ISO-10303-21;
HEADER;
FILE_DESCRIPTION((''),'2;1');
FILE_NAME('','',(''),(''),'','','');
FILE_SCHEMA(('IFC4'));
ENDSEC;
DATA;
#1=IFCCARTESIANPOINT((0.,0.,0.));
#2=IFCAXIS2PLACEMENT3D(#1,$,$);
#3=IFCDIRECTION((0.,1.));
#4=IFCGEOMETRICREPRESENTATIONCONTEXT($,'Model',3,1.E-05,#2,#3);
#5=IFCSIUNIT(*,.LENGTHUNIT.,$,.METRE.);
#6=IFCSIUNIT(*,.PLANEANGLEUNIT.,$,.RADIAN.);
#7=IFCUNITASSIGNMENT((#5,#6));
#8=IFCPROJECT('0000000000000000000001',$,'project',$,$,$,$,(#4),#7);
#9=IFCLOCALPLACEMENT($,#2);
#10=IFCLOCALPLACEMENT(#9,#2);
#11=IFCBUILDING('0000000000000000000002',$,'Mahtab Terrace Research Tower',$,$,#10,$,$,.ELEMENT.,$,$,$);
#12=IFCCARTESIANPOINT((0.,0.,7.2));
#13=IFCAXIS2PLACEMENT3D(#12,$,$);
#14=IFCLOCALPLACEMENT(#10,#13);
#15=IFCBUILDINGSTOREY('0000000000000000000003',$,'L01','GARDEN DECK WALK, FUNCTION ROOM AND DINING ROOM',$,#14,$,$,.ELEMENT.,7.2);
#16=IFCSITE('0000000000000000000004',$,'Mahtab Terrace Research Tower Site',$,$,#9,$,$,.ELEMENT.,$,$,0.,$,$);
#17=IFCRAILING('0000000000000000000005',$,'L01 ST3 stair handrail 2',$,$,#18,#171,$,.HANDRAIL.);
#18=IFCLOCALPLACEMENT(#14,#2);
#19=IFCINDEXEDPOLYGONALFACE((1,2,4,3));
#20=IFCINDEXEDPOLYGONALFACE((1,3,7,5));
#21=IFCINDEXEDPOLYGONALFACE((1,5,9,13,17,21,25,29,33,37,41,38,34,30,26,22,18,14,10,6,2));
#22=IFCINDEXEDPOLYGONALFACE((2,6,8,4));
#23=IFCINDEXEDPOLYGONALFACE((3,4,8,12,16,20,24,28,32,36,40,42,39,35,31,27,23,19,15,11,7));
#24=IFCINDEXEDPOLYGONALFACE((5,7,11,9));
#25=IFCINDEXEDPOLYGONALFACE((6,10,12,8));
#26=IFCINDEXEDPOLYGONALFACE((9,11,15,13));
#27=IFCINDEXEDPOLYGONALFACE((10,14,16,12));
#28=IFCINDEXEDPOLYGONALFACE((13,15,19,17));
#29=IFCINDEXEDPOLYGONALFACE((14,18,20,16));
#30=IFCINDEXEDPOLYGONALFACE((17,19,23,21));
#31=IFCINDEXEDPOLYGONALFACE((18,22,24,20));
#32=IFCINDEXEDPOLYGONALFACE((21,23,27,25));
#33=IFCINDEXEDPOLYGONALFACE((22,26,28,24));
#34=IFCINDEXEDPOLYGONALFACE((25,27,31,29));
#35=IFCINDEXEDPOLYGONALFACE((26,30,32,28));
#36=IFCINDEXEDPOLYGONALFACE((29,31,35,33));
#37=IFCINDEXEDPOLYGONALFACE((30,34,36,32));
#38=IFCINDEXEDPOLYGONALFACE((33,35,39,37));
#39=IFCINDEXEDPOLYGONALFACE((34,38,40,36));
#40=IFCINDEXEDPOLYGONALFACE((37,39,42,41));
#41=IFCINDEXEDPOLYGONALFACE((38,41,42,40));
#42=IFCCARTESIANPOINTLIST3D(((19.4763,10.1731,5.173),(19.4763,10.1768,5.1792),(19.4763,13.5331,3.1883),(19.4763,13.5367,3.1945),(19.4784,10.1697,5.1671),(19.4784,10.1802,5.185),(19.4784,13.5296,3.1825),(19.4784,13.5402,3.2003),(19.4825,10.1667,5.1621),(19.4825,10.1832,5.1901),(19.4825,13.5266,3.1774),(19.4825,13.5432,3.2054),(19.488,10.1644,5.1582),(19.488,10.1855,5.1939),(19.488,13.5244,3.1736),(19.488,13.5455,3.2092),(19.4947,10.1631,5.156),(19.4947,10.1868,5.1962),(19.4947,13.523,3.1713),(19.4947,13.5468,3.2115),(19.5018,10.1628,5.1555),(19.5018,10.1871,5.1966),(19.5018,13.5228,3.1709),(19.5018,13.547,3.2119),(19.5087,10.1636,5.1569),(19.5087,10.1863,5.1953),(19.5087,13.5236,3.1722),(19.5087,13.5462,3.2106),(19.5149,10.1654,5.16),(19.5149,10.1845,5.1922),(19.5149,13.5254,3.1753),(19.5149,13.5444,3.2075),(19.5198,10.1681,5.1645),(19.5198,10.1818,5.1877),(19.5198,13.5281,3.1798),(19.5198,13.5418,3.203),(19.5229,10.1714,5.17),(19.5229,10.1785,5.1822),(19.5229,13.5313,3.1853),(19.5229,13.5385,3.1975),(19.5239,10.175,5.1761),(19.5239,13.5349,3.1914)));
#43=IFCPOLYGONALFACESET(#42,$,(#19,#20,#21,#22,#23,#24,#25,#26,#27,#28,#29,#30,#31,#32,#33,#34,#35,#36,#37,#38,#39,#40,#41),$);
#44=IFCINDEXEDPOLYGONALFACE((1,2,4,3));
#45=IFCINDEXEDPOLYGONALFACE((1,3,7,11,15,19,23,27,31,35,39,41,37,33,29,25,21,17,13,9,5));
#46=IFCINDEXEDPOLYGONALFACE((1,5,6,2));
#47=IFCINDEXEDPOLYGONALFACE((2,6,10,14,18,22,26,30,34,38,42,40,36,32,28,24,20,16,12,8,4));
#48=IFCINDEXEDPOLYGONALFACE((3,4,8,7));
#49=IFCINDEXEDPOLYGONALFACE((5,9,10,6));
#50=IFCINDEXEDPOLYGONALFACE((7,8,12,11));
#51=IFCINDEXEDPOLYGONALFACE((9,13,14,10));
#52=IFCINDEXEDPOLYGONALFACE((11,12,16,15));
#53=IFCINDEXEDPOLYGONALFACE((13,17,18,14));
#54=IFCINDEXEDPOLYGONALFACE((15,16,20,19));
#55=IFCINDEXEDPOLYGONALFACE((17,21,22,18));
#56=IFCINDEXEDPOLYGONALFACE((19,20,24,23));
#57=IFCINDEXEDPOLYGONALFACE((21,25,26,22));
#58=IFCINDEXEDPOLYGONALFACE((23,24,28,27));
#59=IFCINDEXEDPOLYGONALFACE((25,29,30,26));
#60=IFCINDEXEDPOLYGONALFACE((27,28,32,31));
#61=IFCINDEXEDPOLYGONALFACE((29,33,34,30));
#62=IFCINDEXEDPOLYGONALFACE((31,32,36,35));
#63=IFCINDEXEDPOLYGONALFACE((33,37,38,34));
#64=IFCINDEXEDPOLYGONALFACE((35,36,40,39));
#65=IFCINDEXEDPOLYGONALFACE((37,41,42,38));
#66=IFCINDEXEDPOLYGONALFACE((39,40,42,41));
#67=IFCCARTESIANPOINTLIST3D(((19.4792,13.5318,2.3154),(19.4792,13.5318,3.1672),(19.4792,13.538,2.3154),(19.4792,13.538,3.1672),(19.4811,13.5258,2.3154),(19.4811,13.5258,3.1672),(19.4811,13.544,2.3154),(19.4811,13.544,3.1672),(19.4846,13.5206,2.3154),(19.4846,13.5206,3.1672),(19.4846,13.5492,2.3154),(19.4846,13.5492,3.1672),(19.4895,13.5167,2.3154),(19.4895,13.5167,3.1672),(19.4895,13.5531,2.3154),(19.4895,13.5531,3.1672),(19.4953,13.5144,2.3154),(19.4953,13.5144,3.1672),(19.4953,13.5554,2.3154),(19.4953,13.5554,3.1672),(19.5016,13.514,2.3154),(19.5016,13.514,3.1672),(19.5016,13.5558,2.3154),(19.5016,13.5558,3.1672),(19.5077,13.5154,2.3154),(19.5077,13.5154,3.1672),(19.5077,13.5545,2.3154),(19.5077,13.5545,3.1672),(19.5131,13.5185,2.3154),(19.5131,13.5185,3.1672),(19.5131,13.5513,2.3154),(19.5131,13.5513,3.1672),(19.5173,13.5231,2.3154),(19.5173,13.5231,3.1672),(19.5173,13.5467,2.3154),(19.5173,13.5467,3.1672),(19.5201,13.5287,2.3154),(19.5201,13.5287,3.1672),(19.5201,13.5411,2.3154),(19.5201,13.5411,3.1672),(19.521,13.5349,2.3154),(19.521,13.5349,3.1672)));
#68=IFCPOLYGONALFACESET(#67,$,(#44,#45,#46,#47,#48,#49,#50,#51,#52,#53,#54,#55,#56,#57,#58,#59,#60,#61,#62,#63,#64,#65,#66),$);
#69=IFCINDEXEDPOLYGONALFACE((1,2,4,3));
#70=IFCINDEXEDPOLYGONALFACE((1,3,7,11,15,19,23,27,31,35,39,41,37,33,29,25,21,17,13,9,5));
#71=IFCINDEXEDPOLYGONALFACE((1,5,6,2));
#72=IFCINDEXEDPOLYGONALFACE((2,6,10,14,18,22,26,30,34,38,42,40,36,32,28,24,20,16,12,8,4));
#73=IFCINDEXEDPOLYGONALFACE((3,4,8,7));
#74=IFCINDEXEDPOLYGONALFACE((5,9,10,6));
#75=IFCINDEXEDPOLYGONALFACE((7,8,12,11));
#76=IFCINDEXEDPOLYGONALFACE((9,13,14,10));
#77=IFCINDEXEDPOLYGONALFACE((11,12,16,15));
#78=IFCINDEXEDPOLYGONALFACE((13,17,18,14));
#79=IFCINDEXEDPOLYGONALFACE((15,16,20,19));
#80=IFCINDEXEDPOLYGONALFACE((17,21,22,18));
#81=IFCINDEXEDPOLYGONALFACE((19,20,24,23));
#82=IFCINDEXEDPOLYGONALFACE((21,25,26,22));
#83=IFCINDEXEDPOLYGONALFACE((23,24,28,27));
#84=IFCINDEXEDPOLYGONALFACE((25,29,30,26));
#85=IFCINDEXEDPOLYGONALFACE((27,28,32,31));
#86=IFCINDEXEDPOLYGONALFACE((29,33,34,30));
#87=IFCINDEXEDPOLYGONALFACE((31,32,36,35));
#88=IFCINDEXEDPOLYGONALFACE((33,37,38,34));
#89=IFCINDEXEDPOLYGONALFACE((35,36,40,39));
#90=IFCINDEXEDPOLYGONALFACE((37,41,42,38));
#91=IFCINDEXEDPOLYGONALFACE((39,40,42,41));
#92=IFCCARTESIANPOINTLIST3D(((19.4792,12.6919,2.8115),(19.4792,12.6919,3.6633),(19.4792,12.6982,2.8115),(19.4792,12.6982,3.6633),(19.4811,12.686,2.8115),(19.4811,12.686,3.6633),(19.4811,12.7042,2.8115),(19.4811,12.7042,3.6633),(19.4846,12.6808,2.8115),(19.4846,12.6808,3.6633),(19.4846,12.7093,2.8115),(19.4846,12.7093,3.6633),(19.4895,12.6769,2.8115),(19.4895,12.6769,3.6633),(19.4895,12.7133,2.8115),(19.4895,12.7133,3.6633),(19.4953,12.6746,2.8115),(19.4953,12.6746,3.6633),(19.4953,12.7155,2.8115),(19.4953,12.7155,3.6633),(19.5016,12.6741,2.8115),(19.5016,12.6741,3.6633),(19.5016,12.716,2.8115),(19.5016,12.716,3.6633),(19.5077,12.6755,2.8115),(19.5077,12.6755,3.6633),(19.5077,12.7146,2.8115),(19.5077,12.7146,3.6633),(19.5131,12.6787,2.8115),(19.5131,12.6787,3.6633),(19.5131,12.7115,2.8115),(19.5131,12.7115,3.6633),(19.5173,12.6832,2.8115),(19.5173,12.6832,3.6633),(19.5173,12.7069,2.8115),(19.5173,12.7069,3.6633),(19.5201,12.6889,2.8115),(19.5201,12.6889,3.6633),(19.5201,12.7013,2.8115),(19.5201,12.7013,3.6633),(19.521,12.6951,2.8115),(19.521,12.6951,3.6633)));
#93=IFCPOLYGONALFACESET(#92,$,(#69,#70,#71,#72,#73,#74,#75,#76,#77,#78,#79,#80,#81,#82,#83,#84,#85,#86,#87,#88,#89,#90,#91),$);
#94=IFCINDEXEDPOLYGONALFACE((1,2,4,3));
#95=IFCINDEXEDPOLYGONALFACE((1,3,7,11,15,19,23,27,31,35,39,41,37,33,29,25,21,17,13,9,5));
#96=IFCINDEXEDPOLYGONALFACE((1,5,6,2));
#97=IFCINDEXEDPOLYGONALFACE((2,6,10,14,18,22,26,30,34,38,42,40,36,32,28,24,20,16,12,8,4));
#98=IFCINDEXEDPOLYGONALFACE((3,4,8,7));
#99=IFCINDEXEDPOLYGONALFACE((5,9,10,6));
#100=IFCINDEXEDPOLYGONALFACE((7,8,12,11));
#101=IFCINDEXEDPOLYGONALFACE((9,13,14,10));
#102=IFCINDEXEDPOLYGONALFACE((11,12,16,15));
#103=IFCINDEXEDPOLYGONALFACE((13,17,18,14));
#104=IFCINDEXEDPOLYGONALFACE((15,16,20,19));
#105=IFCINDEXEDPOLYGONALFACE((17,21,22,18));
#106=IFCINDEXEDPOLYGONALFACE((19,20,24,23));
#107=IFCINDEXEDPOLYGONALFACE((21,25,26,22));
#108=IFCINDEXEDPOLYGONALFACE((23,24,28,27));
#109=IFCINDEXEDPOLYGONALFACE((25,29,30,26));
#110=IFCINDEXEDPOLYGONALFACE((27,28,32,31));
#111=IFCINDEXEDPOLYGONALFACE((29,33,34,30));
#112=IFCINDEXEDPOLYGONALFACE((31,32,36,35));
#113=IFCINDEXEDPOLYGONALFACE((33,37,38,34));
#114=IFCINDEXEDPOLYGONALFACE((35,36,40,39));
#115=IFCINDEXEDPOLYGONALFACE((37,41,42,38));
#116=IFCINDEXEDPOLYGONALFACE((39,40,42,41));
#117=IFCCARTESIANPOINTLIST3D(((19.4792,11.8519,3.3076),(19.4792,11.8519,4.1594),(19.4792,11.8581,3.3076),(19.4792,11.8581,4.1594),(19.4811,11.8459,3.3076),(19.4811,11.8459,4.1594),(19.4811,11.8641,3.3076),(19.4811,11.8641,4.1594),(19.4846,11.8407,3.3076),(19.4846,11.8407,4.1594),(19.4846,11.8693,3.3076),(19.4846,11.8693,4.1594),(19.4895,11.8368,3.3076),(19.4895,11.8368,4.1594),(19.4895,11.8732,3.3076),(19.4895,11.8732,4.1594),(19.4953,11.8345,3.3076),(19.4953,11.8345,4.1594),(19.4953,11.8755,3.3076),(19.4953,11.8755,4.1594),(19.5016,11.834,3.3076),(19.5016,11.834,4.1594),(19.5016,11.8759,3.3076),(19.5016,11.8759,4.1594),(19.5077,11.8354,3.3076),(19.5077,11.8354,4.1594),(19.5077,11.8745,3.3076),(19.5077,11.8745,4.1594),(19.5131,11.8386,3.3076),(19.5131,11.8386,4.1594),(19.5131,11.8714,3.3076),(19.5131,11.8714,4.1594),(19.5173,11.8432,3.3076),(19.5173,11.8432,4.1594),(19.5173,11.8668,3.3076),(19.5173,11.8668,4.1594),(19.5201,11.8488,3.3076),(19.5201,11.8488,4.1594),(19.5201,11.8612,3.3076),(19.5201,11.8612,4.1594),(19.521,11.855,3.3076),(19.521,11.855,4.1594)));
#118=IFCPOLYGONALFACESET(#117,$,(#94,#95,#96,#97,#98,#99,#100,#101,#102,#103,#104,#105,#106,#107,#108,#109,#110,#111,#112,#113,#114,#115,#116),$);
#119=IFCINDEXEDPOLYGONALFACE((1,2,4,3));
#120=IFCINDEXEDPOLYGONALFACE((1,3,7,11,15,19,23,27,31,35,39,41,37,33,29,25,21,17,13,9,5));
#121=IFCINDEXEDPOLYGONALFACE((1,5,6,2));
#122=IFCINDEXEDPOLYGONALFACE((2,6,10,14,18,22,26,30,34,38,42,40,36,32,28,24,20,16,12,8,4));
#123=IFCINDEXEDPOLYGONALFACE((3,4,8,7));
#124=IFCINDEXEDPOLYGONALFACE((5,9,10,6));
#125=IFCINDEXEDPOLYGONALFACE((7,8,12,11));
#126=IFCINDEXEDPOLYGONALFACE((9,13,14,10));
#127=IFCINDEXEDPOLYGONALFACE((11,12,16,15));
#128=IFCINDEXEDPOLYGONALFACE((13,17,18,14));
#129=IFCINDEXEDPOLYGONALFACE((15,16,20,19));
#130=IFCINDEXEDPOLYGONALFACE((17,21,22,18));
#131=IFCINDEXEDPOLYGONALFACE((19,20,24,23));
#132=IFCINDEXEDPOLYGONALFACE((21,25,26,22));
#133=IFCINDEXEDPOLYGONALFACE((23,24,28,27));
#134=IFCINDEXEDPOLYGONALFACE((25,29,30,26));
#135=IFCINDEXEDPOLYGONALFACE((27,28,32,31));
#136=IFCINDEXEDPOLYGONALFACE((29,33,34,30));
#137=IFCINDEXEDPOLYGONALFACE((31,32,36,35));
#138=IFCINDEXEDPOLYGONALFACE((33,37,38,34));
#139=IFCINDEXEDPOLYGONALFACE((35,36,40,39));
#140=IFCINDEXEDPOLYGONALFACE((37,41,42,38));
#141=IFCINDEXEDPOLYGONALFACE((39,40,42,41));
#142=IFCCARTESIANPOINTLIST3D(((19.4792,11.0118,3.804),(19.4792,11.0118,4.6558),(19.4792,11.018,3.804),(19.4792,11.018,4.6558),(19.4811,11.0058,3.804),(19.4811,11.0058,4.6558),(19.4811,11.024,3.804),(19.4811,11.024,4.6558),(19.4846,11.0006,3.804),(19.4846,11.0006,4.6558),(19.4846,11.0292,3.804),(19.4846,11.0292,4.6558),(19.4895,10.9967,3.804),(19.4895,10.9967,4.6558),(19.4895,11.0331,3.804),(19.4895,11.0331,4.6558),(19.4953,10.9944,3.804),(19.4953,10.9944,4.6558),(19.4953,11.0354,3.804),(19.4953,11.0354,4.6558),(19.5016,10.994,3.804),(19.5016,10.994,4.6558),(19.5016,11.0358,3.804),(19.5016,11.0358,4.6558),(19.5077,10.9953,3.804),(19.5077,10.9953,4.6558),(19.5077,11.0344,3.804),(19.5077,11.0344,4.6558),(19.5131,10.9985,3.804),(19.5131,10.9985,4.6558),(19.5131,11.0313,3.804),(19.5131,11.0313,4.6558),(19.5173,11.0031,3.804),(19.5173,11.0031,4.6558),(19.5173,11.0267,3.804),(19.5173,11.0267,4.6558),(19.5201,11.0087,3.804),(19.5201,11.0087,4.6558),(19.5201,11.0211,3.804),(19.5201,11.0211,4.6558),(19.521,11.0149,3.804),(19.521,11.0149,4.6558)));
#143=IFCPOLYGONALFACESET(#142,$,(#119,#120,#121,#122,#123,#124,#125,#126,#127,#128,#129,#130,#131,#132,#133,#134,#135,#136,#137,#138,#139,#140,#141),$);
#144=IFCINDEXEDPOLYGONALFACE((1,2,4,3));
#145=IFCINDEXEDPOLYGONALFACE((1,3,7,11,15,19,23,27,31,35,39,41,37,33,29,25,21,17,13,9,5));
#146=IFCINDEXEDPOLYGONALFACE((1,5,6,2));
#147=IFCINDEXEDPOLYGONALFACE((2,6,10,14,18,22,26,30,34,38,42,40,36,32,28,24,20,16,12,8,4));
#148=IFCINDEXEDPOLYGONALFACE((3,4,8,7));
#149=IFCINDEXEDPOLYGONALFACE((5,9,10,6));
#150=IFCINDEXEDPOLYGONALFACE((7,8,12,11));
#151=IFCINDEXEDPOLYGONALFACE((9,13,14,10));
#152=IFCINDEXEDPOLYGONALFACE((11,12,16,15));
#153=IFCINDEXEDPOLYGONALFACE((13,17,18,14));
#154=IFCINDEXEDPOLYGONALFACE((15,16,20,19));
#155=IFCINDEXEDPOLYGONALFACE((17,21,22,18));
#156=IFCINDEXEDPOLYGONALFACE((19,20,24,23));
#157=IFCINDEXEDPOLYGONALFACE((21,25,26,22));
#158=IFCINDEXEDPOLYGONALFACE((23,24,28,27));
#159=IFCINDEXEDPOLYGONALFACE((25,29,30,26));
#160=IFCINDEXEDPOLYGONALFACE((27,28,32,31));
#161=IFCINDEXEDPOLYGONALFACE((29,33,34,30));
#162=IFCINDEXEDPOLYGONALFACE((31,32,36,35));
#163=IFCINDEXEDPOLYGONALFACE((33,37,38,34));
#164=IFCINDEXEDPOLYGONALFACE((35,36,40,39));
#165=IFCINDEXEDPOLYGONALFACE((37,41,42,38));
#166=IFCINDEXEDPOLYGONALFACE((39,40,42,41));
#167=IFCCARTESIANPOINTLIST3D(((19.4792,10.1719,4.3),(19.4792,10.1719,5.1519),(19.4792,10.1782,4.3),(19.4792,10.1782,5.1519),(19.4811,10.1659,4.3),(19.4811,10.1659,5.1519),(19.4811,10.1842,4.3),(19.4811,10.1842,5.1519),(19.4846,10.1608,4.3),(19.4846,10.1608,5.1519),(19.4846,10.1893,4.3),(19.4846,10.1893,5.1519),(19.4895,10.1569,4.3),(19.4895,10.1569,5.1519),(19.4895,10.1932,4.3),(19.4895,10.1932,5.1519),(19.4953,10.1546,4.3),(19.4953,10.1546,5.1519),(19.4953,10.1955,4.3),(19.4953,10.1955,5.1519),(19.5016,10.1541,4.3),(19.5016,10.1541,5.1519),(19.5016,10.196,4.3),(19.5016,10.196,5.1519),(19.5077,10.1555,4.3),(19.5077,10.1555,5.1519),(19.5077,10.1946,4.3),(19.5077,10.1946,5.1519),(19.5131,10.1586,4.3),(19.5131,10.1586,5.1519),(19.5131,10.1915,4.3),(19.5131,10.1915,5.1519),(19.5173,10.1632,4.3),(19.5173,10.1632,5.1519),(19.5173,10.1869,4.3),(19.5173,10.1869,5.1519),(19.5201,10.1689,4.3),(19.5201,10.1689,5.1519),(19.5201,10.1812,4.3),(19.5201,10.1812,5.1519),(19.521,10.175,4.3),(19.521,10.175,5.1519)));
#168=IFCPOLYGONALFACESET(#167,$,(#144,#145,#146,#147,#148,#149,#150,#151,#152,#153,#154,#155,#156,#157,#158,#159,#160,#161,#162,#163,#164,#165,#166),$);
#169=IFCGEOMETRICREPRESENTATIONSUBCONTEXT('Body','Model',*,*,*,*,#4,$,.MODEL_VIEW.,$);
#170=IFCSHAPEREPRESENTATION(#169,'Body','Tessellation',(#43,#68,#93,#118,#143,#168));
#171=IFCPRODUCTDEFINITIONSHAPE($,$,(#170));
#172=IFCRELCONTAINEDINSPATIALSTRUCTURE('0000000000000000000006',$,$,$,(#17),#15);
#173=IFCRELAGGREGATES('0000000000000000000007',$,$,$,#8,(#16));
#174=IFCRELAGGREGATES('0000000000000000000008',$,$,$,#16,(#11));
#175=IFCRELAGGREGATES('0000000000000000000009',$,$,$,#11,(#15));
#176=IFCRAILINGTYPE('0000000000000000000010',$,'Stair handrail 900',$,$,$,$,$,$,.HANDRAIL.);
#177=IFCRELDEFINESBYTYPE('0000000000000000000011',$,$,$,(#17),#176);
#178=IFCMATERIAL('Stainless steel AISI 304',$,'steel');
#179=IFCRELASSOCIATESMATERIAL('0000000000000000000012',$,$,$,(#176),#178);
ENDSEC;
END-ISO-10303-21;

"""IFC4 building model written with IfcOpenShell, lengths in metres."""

from ifc_helpers import new_model, si_unit, direction, frame, origin, origin_2d, place, context, subcontext, project, spatial, circle, extrude, material, type_object, element, save


model = new_model("IFC4")

# Units and contexts
model_context = context("Model", 3, precision=1e-05, world=origin(), true_north=direction((0.0, 1.0)))
body_context = subcontext(model_context, "Body", "Model", "MODEL_VIEW")
ifc_project = project(units=[si_unit("LENGTHUNIT", "METRE"), si_unit("PLANEANGLEUNIT", "RADIAN")], contexts=[model_context])

# Site, building, storey
site_placement = place(None, origin())
site = spatial("IfcSite", under=ifc_project, at=site_placement, Name="Mahtab Terrace Research Tower Site", CompositionType="ELEMENT", RefElevation=0.0)
building_placement = place(site_placement, origin())
building = spatial("IfcBuilding", under=site, at=building_placement, Name="Mahtab Terrace Research Tower", CompositionType="ELEMENT")
storey_placement = place(building_placement, frame((0.0, 0.0, 7.2)))
storey = spatial("IfcBuildingStorey", under=building, at=storey_placement, Name="L01", Description="GARDEN DECK WALK, FUNCTION ROOM AND DINING ROOM", CompositionType="ELEMENT", Elevation=7.2)

# Shared definitions
ifc_material_1 = material(Name="Stainless steel AISI 304", Category="steel")

# Railing
railing_type_1 = type_object("IfcRailingType", Name="Stair handrail 900", PredefinedType="HANDRAIL", material=ifc_material_1)
railing_1_placement = place(storey_placement, frame((19.5, 13.5349, 2.3154)))
element("IfcRailing", 1, at=railing_1_placement, inside=storey, type_object=railing_type_1, Name="L01 ST3 stair handrail 2", PredefinedType="HANDRAIL", context=body_context, shape_type="SweptSolid", body=[
    extrude(circle(Radius=0.0239, at=origin_2d()), frame((0.0, 0.0, 0.876), z_axis=(0.0, -0.861011, 0.508586), x_axis=(1.0, 0.0, 0.0)), (0.0, 0.0, 1.0), 3.9023),
    extrude(circle(Radius=0.021, at=origin_2d()), origin(), (0.0, 0.0, 1.0), 0.8518),
    extrude(circle(Radius=0.021, at=origin_2d()), frame((0.0, -0.8398, 0.4961)), (0.0, 0.0, 1.0), 0.8518),
    extrude(circle(Radius=0.021, at=origin_2d()), frame((0.0, -1.6799, 0.9922)), (0.0, 0.0, 1.0), 0.8518),
    extrude(circle(Radius=0.021, at=origin_2d()), frame((0.0, -2.52, 1.4885)), (0.0, 0.0, 1.0), 0.8518),
    extrude(circle(Radius=0.021, at=origin_2d()), frame((0.0, -3.3599, 1.9846)), (0.0, 0.0, 1.0), 0.8518),
])

save(model, "model.ifc")
